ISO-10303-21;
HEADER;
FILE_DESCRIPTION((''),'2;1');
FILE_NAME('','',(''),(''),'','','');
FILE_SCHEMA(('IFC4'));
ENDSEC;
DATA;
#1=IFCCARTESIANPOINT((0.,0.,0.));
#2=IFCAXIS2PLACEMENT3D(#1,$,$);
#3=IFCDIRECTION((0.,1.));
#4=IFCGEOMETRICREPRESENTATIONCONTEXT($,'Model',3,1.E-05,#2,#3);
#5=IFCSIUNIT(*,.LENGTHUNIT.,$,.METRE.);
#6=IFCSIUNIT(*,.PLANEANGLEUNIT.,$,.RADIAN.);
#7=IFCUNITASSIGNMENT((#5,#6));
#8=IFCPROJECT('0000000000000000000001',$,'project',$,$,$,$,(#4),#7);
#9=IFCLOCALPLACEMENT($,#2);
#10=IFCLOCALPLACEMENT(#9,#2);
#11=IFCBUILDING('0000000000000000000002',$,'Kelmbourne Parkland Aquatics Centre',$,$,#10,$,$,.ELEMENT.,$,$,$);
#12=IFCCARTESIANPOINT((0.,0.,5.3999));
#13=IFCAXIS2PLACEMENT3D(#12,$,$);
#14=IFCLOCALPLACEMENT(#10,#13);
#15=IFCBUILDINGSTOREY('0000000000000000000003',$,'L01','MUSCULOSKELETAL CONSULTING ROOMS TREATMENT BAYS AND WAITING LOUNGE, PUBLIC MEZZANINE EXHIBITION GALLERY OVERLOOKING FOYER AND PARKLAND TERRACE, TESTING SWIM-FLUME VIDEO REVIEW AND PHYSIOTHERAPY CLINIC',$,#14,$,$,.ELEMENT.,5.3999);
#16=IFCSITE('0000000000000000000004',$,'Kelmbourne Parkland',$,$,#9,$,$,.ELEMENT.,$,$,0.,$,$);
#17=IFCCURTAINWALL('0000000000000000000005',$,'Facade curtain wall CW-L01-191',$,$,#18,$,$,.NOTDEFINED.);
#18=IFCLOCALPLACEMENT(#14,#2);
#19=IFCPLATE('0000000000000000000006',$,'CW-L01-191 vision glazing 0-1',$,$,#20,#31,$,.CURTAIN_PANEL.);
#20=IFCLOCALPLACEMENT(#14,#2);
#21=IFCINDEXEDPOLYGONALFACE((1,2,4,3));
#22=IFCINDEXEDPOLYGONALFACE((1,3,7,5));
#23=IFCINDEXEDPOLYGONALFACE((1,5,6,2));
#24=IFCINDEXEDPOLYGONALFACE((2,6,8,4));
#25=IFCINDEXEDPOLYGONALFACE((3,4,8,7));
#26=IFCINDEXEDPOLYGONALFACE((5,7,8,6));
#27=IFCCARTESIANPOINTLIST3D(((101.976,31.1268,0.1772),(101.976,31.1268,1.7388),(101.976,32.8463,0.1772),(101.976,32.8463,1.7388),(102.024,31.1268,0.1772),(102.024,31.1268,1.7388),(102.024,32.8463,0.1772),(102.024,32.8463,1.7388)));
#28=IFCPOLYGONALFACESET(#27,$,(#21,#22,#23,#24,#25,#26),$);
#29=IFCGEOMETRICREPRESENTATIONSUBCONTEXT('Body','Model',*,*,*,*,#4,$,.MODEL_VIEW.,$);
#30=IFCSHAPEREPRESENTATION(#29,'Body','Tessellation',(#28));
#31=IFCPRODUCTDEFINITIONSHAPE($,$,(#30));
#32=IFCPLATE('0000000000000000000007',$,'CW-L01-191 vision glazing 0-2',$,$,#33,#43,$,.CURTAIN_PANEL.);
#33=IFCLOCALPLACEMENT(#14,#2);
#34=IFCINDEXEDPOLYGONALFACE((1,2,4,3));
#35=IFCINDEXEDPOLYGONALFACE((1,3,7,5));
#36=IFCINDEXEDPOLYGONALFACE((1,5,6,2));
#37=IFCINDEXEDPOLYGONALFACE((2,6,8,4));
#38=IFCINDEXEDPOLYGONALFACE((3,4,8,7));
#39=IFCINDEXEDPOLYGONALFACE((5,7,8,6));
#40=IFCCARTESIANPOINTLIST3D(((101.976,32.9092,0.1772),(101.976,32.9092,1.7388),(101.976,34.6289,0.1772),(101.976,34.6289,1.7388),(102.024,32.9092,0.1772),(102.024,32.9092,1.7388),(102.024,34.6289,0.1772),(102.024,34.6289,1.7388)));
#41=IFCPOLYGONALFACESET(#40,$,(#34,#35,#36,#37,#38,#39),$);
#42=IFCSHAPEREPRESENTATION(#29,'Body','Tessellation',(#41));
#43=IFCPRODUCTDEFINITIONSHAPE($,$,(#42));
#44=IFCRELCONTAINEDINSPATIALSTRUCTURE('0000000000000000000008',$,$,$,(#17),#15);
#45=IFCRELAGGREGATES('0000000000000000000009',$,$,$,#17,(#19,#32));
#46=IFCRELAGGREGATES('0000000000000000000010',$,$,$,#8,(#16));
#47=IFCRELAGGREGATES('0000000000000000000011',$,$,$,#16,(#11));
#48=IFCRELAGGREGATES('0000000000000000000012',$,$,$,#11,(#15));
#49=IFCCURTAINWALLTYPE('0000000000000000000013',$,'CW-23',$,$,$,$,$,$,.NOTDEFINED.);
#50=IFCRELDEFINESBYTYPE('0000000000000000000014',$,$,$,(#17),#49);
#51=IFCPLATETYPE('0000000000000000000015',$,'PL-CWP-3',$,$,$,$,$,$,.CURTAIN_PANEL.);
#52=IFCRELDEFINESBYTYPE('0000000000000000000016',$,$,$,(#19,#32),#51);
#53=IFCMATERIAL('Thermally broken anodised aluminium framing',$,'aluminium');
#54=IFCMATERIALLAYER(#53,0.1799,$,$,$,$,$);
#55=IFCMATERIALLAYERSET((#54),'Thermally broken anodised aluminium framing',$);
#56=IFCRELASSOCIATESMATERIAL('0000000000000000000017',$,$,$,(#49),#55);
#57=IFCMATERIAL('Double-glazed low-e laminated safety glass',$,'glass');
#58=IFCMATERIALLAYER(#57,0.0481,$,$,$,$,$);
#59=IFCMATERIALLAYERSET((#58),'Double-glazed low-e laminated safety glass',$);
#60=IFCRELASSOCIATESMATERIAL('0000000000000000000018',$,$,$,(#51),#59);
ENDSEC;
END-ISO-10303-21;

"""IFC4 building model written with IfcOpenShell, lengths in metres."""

from ifc_helpers import new_model, si_unit, direction, frame, origin, origin_2d, place, context, subcontext, project, spatial, rectangle, extrude, material, layer, layer_set, type_object, element, aggregate, save


model = new_model("IFC4")

# Units and contexts
model_context = context("Model", 3, precision=1e-05, world=origin(), true_north=direction((0.0, 1.0)))
body_context = subcontext(model_context, "Body", "Model", "MODEL_VIEW")
ifc_project = project(units=[si_unit("LENGTHUNIT", "METRE"), si_unit("PLANEANGLEUNIT", "RADIAN")], contexts=[model_context])

# Site, building, storey
site_placement = place(None, origin())
site = spatial("IfcSite", under=ifc_project, at=site_placement, Name="Kelmbourne Parkland", CompositionType="ELEMENT", RefElevation=0.0)
building_placement = place(site_placement, origin())
building = spatial("IfcBuilding", under=site, at=building_placement, Name="Kelmbourne Parkland Aquatics Centre", CompositionType="ELEMENT")
storey_placement = place(building_placement, frame((0.0, 0.0, 5.3999)))
storey = spatial("IfcBuildingStorey", under=building, at=storey_placement, Name="L01", Description="MUSCULOSKELETAL CONSULTING ROOMS TREATMENT BAYS AND WAITING LOUNGE, PUBLIC MEZZANINE EXHIBITION GALLERY OVERLOOKING FOYER AND PARKLAND TERRACE, TESTING SWIM-FLUME VIDEO REVIEW AND PHYSIOTHERAPY CLINIC", CompositionType="ELEMENT", Elevation=5.3999)

# Curtain wall
ifc_material_1 = material(Name="Thermally broken anodised aluminium framing", Category="aluminium")
ifc_layer_1 = layer(ifc_material_1, 0.1799)
ifc_layer_set_1 = layer_set([ifc_layer_1], Name="Thermally broken anodised aluminium framing")
curtain_wall_type_1 = type_object("IfcCurtainWallType", Name="CW-23", PredefinedType="NOTDEFINED", material=ifc_layer_set_1)
curtain_wall_1_placement = place(storey_placement, origin())
curtain_wall_1 = element("IfcCurtainWall", 1, at=curtain_wall_1_placement, inside=storey, type_object=curtain_wall_type_1, Name="Facade curtain wall CW-L01-191", PredefinedType="NOTDEFINED")

# Plates
ifc_material_2 = material(Name="Double-glazed low-e laminated safety glass", Category="glass")
ifc_layer_2 = layer(ifc_material_2, 0.0481)
ifc_layer_set_2 = layer_set([ifc_layer_2], Name="Double-glazed low-e laminated safety glass")
plate_type_1 = type_object("IfcPlateType", Name="PL-CWP-3", PredefinedType="CURTAIN_PANEL", material=ifc_layer_set_2)
plate_1_placement = place(storey_placement, frame((102.0, 31.9866, 0.1772), z_axis=(0.0, 0.0, 1.0), x_axis=(0.0, 1.0, 0.0)))
plate_1 = element("IfcPlate", 2, at=plate_1_placement, type_object=plate_type_1, Name="CW-L01-191 vision glazing 0-1", PredefinedType="CURTAIN_PANEL", context=body_context, shape_type="SweptSolid", body=[
    extrude(rectangle(XDim=1.7195, YDim=0.0481, at=origin_2d()), origin(), (0.0, 0.0, 1.0), 1.5615),
])
plate_2_placement = place(storey_placement, frame((102.0, 33.769, 0.1772), z_axis=(0.0, 0.0, 1.0), x_axis=(0.0, 1.0, 0.0)))
plate_2 = element("IfcPlate", 3, at=plate_2_placement, type_object=plate_type_1, Name="CW-L01-191 vision glazing 0-2", PredefinedType="CURTAIN_PANEL", context=body_context, shape_type="SweptSolid", body=[
    extrude(rectangle(XDim=1.7197, YDim=0.0481, at=origin_2d()), origin(), (0.0, 0.0, 1.0), 1.5615),
])
aggregate(curtain_wall_1, [plate_1, plate_2])

save(model, "model.ifc")
